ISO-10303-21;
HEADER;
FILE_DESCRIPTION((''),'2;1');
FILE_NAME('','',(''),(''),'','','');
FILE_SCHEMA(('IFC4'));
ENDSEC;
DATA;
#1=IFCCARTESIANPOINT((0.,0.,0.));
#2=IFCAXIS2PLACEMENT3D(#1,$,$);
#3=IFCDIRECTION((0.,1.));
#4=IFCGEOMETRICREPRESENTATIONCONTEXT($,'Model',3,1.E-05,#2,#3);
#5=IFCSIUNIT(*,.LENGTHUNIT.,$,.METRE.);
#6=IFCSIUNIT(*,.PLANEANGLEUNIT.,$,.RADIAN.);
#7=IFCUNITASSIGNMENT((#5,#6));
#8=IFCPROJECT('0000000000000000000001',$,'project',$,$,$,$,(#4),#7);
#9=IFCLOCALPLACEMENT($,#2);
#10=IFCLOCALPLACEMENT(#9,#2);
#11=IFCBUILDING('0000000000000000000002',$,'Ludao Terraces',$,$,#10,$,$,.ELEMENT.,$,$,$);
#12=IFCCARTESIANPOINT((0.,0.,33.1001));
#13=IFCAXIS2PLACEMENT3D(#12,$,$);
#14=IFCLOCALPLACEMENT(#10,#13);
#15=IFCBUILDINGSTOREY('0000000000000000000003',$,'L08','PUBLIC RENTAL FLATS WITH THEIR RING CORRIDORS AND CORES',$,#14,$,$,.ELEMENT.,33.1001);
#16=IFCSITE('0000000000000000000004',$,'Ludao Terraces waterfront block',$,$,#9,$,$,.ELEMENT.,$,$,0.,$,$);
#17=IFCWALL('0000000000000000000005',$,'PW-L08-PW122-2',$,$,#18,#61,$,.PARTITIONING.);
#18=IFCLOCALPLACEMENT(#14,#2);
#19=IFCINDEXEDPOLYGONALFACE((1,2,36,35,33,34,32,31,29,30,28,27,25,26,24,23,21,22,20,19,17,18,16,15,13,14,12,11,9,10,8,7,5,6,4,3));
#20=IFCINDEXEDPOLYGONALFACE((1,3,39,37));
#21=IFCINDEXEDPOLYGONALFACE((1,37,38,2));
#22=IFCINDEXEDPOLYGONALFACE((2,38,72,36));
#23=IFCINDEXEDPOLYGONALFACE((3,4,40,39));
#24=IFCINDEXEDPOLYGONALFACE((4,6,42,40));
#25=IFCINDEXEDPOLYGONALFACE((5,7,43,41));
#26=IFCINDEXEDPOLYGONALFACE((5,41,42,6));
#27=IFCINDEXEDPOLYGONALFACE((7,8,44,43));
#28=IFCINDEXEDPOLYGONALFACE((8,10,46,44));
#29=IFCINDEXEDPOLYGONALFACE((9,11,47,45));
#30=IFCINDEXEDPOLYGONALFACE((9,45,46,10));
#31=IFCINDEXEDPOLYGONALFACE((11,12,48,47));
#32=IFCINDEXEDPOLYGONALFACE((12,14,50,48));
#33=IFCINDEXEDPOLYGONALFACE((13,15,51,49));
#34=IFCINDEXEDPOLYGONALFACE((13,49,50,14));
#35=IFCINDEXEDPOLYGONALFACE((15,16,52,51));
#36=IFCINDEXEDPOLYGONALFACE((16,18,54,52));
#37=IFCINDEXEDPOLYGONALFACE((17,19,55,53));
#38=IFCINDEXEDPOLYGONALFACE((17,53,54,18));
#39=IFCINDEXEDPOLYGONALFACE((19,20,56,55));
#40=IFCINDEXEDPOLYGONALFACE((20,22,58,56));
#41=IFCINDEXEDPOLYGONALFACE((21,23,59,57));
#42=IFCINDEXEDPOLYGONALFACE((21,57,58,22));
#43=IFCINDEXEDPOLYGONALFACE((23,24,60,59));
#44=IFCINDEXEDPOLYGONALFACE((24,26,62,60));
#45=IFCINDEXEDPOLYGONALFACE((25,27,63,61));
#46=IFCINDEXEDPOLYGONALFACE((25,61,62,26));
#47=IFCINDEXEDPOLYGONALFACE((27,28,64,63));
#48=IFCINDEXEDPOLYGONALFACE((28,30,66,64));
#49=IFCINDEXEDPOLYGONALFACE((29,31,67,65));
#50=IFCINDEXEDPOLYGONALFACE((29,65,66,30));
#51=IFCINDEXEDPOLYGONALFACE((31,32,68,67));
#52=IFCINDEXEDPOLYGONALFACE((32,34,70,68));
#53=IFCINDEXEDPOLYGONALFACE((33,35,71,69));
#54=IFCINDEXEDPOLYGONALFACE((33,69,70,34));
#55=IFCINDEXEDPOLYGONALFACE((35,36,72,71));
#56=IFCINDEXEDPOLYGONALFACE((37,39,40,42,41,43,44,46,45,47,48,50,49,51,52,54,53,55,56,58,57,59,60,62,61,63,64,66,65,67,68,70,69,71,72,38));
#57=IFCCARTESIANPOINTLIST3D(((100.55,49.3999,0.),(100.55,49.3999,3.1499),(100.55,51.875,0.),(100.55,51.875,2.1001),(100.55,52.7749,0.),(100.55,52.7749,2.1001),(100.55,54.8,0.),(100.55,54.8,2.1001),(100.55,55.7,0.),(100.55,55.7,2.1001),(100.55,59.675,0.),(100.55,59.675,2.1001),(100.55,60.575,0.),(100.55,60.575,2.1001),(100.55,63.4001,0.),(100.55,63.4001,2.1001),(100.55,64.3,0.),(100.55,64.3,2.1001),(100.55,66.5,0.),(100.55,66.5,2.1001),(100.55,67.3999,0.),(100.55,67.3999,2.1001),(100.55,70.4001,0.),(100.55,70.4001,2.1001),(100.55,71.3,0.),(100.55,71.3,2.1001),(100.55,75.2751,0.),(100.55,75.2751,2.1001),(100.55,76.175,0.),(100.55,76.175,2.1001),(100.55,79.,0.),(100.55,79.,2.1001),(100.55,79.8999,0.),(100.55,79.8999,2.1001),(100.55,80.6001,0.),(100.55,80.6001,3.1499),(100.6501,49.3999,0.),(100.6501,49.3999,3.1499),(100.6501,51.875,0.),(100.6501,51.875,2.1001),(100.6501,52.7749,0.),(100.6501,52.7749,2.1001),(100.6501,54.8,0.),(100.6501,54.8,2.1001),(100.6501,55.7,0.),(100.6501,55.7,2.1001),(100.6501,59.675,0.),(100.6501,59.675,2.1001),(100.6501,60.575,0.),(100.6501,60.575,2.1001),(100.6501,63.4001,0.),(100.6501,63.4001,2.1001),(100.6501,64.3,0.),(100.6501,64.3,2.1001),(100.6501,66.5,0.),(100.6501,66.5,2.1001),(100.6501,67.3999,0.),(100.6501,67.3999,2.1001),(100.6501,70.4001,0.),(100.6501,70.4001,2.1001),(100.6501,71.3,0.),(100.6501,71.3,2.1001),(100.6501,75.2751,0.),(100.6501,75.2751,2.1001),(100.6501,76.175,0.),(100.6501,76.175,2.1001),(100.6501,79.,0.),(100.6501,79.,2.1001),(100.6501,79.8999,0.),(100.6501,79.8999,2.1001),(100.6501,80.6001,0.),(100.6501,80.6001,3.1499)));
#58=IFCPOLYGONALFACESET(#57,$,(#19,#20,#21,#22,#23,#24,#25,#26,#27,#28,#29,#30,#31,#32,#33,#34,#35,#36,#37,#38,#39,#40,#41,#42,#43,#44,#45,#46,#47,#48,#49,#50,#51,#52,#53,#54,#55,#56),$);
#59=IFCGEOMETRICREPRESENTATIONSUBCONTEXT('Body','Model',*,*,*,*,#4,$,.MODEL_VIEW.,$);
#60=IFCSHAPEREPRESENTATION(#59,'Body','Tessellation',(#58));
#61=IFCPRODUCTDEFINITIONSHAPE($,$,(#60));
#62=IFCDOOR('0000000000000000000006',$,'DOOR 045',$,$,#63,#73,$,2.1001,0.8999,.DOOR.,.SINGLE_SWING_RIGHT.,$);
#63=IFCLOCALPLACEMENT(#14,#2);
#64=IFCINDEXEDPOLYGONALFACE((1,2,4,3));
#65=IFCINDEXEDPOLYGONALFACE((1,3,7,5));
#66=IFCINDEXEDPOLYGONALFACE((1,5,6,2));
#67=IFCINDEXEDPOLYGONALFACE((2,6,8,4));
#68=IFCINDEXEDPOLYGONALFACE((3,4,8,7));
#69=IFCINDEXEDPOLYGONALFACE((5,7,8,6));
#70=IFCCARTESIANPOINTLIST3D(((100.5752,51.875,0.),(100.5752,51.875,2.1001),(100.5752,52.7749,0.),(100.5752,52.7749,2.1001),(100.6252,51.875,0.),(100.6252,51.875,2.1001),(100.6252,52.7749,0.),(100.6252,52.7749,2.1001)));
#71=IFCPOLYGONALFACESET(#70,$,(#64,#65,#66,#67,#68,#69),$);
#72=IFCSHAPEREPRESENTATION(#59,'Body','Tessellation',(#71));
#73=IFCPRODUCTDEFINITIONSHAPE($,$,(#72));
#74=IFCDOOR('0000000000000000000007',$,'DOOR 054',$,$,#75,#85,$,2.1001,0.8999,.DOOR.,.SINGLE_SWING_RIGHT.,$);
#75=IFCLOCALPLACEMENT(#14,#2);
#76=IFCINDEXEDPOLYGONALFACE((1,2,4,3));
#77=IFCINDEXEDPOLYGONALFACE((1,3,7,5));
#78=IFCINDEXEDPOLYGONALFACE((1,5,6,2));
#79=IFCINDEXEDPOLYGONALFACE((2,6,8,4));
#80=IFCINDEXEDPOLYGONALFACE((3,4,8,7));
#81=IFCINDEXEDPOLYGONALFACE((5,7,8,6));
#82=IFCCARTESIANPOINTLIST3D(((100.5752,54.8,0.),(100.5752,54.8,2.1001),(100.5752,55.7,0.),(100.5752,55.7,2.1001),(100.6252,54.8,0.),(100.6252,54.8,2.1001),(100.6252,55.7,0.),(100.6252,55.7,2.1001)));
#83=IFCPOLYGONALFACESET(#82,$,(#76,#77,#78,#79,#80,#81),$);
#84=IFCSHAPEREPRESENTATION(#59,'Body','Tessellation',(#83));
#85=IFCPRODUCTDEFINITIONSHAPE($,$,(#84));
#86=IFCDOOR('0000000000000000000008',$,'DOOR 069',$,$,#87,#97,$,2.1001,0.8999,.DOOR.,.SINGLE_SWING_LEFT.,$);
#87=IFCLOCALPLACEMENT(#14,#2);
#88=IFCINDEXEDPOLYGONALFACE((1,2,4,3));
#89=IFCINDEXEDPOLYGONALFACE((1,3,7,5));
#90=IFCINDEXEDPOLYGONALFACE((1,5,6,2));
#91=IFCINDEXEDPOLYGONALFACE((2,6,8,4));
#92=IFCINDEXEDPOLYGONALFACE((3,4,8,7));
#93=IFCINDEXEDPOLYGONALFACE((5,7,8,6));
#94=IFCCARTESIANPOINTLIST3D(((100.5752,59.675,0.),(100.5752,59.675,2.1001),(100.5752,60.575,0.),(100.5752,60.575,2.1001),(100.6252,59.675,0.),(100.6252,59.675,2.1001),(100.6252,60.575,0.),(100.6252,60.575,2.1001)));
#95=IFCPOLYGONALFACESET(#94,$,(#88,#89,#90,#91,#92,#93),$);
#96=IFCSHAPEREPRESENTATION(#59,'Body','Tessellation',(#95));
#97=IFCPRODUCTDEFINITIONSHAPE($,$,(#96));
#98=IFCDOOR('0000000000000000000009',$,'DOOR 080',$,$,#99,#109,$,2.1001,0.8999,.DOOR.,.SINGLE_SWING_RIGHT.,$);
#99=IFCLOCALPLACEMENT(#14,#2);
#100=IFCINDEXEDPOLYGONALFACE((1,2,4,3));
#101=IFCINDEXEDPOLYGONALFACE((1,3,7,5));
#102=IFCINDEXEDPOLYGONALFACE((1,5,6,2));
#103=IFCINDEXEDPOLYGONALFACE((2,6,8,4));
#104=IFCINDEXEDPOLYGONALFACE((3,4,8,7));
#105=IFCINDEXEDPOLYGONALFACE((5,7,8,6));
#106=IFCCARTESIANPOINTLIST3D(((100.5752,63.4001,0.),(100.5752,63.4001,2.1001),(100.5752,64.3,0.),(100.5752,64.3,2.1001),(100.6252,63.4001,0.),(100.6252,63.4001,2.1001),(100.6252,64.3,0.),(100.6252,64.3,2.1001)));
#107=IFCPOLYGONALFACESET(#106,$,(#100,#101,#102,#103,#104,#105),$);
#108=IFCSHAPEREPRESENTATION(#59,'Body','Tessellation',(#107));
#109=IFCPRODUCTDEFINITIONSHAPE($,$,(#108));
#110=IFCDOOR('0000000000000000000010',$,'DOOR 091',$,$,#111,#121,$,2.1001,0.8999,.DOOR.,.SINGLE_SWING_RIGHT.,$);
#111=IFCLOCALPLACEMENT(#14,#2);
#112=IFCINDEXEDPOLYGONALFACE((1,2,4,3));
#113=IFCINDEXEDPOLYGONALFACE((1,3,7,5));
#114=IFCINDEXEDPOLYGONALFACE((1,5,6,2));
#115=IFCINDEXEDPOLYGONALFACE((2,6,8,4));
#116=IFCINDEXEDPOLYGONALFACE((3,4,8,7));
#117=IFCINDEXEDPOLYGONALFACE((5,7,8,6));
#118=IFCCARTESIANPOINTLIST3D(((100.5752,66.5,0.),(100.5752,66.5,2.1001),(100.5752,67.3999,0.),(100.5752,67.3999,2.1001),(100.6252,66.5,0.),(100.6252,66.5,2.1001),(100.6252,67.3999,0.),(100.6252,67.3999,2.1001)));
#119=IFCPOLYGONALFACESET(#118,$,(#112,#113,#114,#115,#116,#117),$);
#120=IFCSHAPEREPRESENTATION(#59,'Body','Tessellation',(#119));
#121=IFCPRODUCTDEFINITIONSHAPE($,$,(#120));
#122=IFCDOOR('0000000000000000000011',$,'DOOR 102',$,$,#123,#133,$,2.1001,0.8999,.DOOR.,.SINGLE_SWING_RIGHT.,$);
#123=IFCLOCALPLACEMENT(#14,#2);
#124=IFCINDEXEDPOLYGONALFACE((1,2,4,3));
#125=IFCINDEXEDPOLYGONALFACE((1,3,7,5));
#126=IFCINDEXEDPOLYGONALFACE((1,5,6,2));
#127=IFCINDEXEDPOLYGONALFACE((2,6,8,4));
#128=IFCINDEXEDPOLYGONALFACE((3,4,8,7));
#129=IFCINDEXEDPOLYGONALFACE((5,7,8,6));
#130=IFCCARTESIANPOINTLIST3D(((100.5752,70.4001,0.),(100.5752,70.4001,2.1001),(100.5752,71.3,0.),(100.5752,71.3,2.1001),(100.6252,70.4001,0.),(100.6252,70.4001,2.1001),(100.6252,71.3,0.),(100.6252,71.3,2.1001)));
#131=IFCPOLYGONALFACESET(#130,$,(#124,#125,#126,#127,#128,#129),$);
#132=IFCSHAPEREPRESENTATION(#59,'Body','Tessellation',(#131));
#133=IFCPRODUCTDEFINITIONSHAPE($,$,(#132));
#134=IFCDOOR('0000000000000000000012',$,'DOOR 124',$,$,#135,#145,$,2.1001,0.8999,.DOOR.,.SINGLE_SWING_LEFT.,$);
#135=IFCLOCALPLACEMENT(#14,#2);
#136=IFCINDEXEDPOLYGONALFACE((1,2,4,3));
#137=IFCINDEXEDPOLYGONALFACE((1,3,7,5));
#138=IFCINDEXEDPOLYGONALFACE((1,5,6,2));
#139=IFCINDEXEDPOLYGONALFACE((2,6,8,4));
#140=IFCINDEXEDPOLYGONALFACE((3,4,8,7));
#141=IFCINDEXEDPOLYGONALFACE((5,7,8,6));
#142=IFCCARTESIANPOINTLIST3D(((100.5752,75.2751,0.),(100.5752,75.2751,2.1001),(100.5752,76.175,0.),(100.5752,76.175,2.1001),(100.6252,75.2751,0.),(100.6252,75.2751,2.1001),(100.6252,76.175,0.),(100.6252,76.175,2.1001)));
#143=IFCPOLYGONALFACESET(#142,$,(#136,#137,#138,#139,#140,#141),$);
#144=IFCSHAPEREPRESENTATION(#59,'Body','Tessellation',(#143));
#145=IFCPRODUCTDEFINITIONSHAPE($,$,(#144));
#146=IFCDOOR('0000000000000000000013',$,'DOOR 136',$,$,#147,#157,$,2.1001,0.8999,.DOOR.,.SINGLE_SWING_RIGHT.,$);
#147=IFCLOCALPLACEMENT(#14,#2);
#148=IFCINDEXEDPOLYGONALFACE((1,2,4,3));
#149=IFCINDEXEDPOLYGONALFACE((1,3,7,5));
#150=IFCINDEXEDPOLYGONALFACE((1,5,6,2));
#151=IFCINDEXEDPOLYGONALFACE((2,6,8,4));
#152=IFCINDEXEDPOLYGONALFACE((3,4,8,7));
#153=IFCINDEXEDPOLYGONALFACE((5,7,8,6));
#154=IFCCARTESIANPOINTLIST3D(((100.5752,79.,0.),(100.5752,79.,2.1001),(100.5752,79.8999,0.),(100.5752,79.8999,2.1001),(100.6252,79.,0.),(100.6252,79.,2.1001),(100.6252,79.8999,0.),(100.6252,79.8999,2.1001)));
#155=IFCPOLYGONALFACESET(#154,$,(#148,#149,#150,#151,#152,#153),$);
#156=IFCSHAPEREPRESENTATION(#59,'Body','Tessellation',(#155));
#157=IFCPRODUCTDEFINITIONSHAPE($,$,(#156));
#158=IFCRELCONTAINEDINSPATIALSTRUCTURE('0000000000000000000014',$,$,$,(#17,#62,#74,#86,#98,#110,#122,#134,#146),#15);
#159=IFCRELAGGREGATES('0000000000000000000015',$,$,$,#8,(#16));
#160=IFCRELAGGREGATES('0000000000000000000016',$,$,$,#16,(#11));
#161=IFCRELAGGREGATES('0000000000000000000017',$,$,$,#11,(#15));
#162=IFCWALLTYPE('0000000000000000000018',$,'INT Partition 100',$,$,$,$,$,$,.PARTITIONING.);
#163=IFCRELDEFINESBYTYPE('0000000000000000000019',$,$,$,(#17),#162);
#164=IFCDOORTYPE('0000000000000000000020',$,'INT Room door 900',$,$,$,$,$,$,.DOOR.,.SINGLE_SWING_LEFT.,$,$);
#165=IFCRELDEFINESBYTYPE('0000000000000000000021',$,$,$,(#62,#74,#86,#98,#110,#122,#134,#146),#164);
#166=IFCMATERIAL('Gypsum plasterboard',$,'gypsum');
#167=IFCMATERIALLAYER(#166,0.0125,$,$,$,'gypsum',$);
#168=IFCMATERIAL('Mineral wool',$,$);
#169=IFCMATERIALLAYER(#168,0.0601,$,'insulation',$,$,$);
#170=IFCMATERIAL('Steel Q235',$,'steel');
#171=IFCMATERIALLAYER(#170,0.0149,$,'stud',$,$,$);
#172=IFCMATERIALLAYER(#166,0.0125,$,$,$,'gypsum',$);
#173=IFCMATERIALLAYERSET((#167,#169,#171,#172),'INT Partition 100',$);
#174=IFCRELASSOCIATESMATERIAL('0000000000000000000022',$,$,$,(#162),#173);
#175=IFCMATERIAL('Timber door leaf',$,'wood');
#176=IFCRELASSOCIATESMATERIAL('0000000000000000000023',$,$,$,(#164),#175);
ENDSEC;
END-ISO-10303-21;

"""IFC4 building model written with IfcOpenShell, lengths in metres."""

from ifc_helpers import new_model, si_unit, direction, frame, frame_2d, origin, place, context, subcontext, project, spatial, rectangle, extrude, material, layer, layer_set, type_object, element, fill, save


model = new_model("IFC4")

# Units and contexts
model_context = context("Model", 3, precision=1e-05, world=origin(), true_north=direction((0.0, 1.0)))
body_context = subcontext(model_context, "Body", "Model", "MODEL_VIEW")
ifc_project = project(units=[si_unit("LENGTHUNIT", "METRE"), si_unit("PLANEANGLEUNIT", "RADIAN")], contexts=[model_context])

# Site, building, storey
site_placement = place(None, origin())
site = spatial("IfcSite", under=ifc_project, at=site_placement, Name="Ludao Terraces waterfront block", CompositionType="ELEMENT", RefElevation=0.0)
building_placement = place(site_placement, origin())
building = spatial("IfcBuilding", under=site, at=building_placement, Name="Ludao Terraces", CompositionType="ELEMENT")
storey_placement = place(building_placement, frame((0.0, 0.0, 33.1001)))
storey = spatial("IfcBuildingStorey", under=building, at=storey_placement, Name="L08", Description="PUBLIC RENTAL FLATS WITH THEIR RING CORRIDORS AND CORES", CompositionType="ELEMENT", Elevation=33.1001)

# Shared definitions
ifc_material_1 = material(Name="Gypsum plasterboard", Category="gypsum")
ifc_layer_1 = layer(ifc_material_1, 0.0125, Category="gypsum")
ifc_material_2 = material(Name="Mineral wool")
ifc_layer_2 = layer(ifc_material_2, 0.0601, Name="insulation")
ifc_material_3 = material(Name="Steel Q235", Category="steel")
ifc_layer_3 = layer(ifc_material_3, 0.0149, Name="stud")
ifc_layer_4 = layer(ifc_material_1, 0.0125, Category="gypsum")
ifc_layer_set = layer_set([ifc_layer_1, ifc_layer_2, ifc_layer_3, ifc_layer_4], Name="INT Partition 100")
wall_type = type_object("IfcWallType", Name="INT Partition 100", PredefinedType="PARTITIONING", material=ifc_layer_set)

# Wall, openings, doors
ifc_material_4 = material(Name="Timber door leaf", Category="wood")
door_type_1 = type_object("IfcDoorType", Name="INT Room door 900", OperationType="SINGLE_SWING_LEFT", PredefinedType="DOOR", material=ifc_material_4)
wall_1_placement = place(storey_placement, frame((100.6001, 49.3999, 0.0), z_axis=(0.0, 0.0, 1.0), x_axis=(0.0, 1.0, 0.0)))
wall_1 = element("IfcWall", 1, at=wall_1_placement, inside=storey, type_object=wall_type, Name="PW-L08-PW122-2", PredefinedType="PARTITIONING", context=body_context, shape_type="SweptSolid", body=[
    extrude(rectangle(XDim=31.2002, YDim=0.1001, at=frame_2d((15.6001, 0.0))), origin(), (0.0, 0.0, 1.0), 3.1499),
])
opening_1_placement = place(wall_1_placement, frame((2.4751, 0.0, 0.0)))
opening_1 = element("IfcOpeningElement", 2, at=opening_1_placement, cuts=wall_1, PredefinedType="OPENING", context=body_context, shape_type="SweptSolid", body=[
    extrude(rectangle(XDim=0.8999, YDim=2.1001, at=frame_2d((0.45, 1.05))), frame((0.0, 0.0601, 0.0), z_axis=(0.0, -1.0, 0.0), x_axis=(1.0, 0.0, 0.0)), (0.0, 0.0, 1.0), 0.1201),
])
opening_2_placement = place(wall_1_placement, frame((5.4001, 0.0, 0.0)))
opening_2 = element("IfcOpeningElement", 3, at=opening_2_placement, cuts=wall_1, PredefinedType="OPENING", context=body_context, shape_type="SweptSolid", body=[
    extrude(rectangle(XDim=0.8999, YDim=2.1001, at=frame_2d((0.45, 1.05))), frame((0.0, 0.0601, 0.0), z_axis=(0.0, -1.0, 0.0), x_axis=(1.0, 0.0, 0.0)), (0.0, 0.0, 1.0), 0.1201),
])
opening_3_placement = place(wall_1_placement, frame((10.2751, 0.0, 0.0)))
opening_3 = element("IfcOpeningElement", 4, at=opening_3_placement, cuts=wall_1, PredefinedType="OPENING", context=body_context, shape_type="SweptSolid", body=[
    extrude(rectangle(XDim=0.8999, YDim=2.1001, at=frame_2d((0.45, 1.05))), frame((0.0, 0.0601, 0.0), z_axis=(0.0, -1.0, 0.0), x_axis=(1.0, 0.0, 0.0)), (0.0, 0.0, 1.0), 0.1201),
])
opening_4_placement = place(wall_1_placement, frame((14.0002, 0.0, 0.0)))
opening_4 = element("IfcOpeningElement", 5, at=opening_4_placement, cuts=wall_1, PredefinedType="OPENING", context=body_context, shape_type="SweptSolid", body=[
    extrude(rectangle(XDim=0.8999, YDim=2.1001, at=frame_2d((0.45, 1.05))), frame((0.0, 0.0601, 0.0), z_axis=(0.0, -1.0, 0.0), x_axis=(1.0, 0.0, 0.0)), (0.0, 0.0, 1.0), 0.1201),
])
opening_5_placement = place(wall_1_placement, frame((17.1001, 0.0, 0.0)))
opening_5 = element("IfcOpeningElement", 6, at=opening_5_placement, cuts=wall_1, PredefinedType="OPENING", context=body_context, shape_type="SweptSolid", body=[
    extrude(rectangle(XDim=0.8999, YDim=2.1001, at=frame_2d((0.45, 1.05))), frame((0.0, 0.0601, 0.0), z_axis=(0.0, -1.0, 0.0), x_axis=(1.0, 0.0, 0.0)), (0.0, 0.0, 1.0), 0.1201),
])
opening_6_placement = place(wall_1_placement, frame((21.0002, 0.0, 0.0)))
opening_6 = element("IfcOpeningElement", 7, at=opening_6_placement, cuts=wall_1, PredefinedType="OPENING", context=body_context, shape_type="SweptSolid", body=[
    extrude(rectangle(XDim=0.8999, YDim=2.1001, at=frame_2d((0.45, 1.05))), frame((0.0, 0.0601, 0.0), z_axis=(0.0, -1.0, 0.0), x_axis=(1.0, 0.0, 0.0)), (0.0, 0.0, 1.0), 0.1201),
])
opening_7_placement = place(wall_1_placement, frame((25.8752, 0.0, 0.0)))
opening_7 = element("IfcOpeningElement", 8, at=opening_7_placement, cuts=wall_1, PredefinedType="OPENING", context=body_context, shape_type="SweptSolid", body=[
    extrude(rectangle(XDim=0.8999, YDim=2.1001, at=frame_2d((0.45, 1.05))), frame((0.0, 0.0601, 0.0), z_axis=(0.0, -1.0, 0.0), x_axis=(1.0, 0.0, 0.0)), (0.0, 0.0, 1.0), 0.1201),
])
opening_8_placement = place(wall_1_placement, frame((29.6001, 0.0, 0.0)))
opening_8 = element("IfcOpeningElement", 9, at=opening_8_placement, cuts=wall_1, PredefinedType="OPENING", context=body_context, shape_type="SweptSolid", body=[
    extrude(rectangle(XDim=0.8999, YDim=2.1001, at=frame_2d((0.45, 1.05))), frame((0.0, 0.0601, 0.0), z_axis=(0.0, -1.0, 0.0), x_axis=(1.0, 0.0, 0.0)), (0.0, 0.0, 1.0), 0.1201),
])
door_1_placement = place(opening_1_placement, origin())
door_1 = element("IfcDoor", 10, at=door_1_placement, inside=storey, type_object=door_type_1, Name="DOOR 045", OperationType="SINGLE_SWING_RIGHT", OverallHeight=2.1001, OverallWidth=0.8999, PredefinedType="DOOR", context=body_context, shape_type="SweptSolid", body=[
    extrude(rectangle(XDim=0.8999, YDim=2.1001, at=frame_2d((0.45, 1.05))), frame((0.0, 0.0249, 0.0), z_axis=(0.0, -1.0, 0.0), x_axis=(1.0, 0.0, 0.0)), (0.0, 0.0, 1.0), 0.05),
])
fill(opening_1, door_1)
door_2_placement = place(opening_2_placement, origin())
door_2 = element("IfcDoor", 11, at=door_2_placement, inside=storey, type_object=door_type_1, Name="DOOR 054", OperationType="SINGLE_SWING_RIGHT", OverallHeight=2.1001, OverallWidth=0.8999, PredefinedType="DOOR", context=body_context, shape_type="SweptSolid", body=[
    extrude(rectangle(XDim=0.8999, YDim=2.1001, at=frame_2d((0.45, 1.05))), frame((0.0, 0.0249, 0.0), z_axis=(0.0, -1.0, 0.0), x_axis=(1.0, 0.0, 0.0)), (0.0, 0.0, 1.0), 0.05),
])
fill(opening_2, door_2)
door_3_placement = place(opening_3_placement, origin())
door_3 = element("IfcDoor", 12, at=door_3_placement, inside=storey, type_object=door_type_1, Name="DOOR 069", OperationType="SINGLE_SWING_LEFT", OverallHeight=2.1001, OverallWidth=0.8999, PredefinedType="DOOR", context=body_context, shape_type="SweptSolid", body=[
    extrude(rectangle(XDim=0.8999, YDim=2.1001, at=frame_2d((0.45, 1.05))), frame((0.0, 0.0249, 0.0), z_axis=(0.0, -1.0, 0.0), x_axis=(1.0, 0.0, 0.0)), (0.0, 0.0, 1.0), 0.05),
])
fill(opening_3, door_3)
door_4_placement = place(opening_4_placement, origin())
door_4 = element("IfcDoor", 13, at=door_4_placement, inside=storey, type_object=door_type_1, Name="DOOR 080", OperationType="SINGLE_SWING_RIGHT", OverallHeight=2.1001, OverallWidth=0.8999, PredefinedType="DOOR", context=body_context, shape_type="SweptSolid", body=[
    extrude(rectangle(XDim=0.8999, YDim=2.1001, at=frame_2d((0.45, 1.05))), frame((0.0, 0.0249, 0.0), z_axis=(0.0, -1.0, 0.0), x_axis=(1.0, 0.0, 0.0)), (0.0, 0.0, 1.0), 0.05),
])
fill(opening_4, door_4)
door_5_placement = place(opening_5_placement, origin())
door_5 = element("IfcDoor", 14, at=door_5_placement, inside=storey, type_object=door_type_1, Name="DOOR 091", OperationType="SINGLE_SWING_RIGHT", OverallHeight=2.1001, OverallWidth=0.8999, PredefinedType="DOOR", context=body_context, shape_type="SweptSolid", body=[
    extrude(rectangle(XDim=0.8999, YDim=2.1001, at=frame_2d((0.45, 1.05))), frame((0.0, 0.0249, 0.0), z_axis=(0.0, -1.0, 0.0), x_axis=(1.0, 0.0, 0.0)), (0.0, 0.0, 1.0), 0.05),
])
fill(opening_5, door_5)
door_6_placement = place(opening_6_placement, origin())
door_6 = element("IfcDoor", 15, at=door_6_placement, inside=storey, type_object=door_type_1, Name="DOOR 102", OperationType="SINGLE_SWING_RIGHT", OverallHeight=2.1001, OverallWidth=0.8999, PredefinedType="DOOR", context=body_context, shape_type="SweptSolid", body=[
    extrude(rectangle(XDim=0.8999, YDim=2.1001, at=frame_2d((0.45, 1.05))), frame((0.0, 0.0249, 0.0), z_axis=(0.0, -1.0, 0.0), x_axis=(1.0, 0.0, 0.0)), (0.0, 0.0, 1.0), 0.05),
])
fill(opening_6, door_6)
door_7_placement = place(opening_7_placement, origin())
door_7 = element("IfcDoor", 16, at=door_7_placement, inside=storey, type_object=door_type_1, Name="DOOR 124", OperationType="SINGLE_SWING_LEFT", OverallHeight=2.1001, OverallWidth=0.8999, PredefinedType="DOOR", context=body_context, shape_type="SweptSolid", body=[
    extrude(rectangle(XDim=0.8999, YDim=2.1001, at=frame_2d((0.45, 1.05))), frame((0.0, 0.0249, 0.0), z_axis=(0.0, -1.0, 0.0), x_axis=(1.0, 0.0, 0.0)), (0.0, 0.0, 1.0), 0.05),
])
fill(opening_7, door_7)
door_8_placement = place(opening_8_placement, origin())
door_8 = element("IfcDoor", 17, at=door_8_placement, inside=storey, type_object=door_type_1, Name="DOOR 136", OperationType="SINGLE_SWING_RIGHT", OverallHeight=2.1001, OverallWidth=0.8999, PredefinedType="DOOR", context=body_context, shape_type="SweptSolid", body=[
    extrude(rectangle(XDim=0.8999, YDim=2.1001, at=frame_2d((0.45, 1.05))), frame((0.0, 0.0249, 0.0), z_axis=(0.0, -1.0, 0.0), x_axis=(1.0, 0.0, 0.0)), (0.0, 0.0, 1.0), 0.05),
])
fill(opening_8, door_8)

save(model, "model.ifc")
